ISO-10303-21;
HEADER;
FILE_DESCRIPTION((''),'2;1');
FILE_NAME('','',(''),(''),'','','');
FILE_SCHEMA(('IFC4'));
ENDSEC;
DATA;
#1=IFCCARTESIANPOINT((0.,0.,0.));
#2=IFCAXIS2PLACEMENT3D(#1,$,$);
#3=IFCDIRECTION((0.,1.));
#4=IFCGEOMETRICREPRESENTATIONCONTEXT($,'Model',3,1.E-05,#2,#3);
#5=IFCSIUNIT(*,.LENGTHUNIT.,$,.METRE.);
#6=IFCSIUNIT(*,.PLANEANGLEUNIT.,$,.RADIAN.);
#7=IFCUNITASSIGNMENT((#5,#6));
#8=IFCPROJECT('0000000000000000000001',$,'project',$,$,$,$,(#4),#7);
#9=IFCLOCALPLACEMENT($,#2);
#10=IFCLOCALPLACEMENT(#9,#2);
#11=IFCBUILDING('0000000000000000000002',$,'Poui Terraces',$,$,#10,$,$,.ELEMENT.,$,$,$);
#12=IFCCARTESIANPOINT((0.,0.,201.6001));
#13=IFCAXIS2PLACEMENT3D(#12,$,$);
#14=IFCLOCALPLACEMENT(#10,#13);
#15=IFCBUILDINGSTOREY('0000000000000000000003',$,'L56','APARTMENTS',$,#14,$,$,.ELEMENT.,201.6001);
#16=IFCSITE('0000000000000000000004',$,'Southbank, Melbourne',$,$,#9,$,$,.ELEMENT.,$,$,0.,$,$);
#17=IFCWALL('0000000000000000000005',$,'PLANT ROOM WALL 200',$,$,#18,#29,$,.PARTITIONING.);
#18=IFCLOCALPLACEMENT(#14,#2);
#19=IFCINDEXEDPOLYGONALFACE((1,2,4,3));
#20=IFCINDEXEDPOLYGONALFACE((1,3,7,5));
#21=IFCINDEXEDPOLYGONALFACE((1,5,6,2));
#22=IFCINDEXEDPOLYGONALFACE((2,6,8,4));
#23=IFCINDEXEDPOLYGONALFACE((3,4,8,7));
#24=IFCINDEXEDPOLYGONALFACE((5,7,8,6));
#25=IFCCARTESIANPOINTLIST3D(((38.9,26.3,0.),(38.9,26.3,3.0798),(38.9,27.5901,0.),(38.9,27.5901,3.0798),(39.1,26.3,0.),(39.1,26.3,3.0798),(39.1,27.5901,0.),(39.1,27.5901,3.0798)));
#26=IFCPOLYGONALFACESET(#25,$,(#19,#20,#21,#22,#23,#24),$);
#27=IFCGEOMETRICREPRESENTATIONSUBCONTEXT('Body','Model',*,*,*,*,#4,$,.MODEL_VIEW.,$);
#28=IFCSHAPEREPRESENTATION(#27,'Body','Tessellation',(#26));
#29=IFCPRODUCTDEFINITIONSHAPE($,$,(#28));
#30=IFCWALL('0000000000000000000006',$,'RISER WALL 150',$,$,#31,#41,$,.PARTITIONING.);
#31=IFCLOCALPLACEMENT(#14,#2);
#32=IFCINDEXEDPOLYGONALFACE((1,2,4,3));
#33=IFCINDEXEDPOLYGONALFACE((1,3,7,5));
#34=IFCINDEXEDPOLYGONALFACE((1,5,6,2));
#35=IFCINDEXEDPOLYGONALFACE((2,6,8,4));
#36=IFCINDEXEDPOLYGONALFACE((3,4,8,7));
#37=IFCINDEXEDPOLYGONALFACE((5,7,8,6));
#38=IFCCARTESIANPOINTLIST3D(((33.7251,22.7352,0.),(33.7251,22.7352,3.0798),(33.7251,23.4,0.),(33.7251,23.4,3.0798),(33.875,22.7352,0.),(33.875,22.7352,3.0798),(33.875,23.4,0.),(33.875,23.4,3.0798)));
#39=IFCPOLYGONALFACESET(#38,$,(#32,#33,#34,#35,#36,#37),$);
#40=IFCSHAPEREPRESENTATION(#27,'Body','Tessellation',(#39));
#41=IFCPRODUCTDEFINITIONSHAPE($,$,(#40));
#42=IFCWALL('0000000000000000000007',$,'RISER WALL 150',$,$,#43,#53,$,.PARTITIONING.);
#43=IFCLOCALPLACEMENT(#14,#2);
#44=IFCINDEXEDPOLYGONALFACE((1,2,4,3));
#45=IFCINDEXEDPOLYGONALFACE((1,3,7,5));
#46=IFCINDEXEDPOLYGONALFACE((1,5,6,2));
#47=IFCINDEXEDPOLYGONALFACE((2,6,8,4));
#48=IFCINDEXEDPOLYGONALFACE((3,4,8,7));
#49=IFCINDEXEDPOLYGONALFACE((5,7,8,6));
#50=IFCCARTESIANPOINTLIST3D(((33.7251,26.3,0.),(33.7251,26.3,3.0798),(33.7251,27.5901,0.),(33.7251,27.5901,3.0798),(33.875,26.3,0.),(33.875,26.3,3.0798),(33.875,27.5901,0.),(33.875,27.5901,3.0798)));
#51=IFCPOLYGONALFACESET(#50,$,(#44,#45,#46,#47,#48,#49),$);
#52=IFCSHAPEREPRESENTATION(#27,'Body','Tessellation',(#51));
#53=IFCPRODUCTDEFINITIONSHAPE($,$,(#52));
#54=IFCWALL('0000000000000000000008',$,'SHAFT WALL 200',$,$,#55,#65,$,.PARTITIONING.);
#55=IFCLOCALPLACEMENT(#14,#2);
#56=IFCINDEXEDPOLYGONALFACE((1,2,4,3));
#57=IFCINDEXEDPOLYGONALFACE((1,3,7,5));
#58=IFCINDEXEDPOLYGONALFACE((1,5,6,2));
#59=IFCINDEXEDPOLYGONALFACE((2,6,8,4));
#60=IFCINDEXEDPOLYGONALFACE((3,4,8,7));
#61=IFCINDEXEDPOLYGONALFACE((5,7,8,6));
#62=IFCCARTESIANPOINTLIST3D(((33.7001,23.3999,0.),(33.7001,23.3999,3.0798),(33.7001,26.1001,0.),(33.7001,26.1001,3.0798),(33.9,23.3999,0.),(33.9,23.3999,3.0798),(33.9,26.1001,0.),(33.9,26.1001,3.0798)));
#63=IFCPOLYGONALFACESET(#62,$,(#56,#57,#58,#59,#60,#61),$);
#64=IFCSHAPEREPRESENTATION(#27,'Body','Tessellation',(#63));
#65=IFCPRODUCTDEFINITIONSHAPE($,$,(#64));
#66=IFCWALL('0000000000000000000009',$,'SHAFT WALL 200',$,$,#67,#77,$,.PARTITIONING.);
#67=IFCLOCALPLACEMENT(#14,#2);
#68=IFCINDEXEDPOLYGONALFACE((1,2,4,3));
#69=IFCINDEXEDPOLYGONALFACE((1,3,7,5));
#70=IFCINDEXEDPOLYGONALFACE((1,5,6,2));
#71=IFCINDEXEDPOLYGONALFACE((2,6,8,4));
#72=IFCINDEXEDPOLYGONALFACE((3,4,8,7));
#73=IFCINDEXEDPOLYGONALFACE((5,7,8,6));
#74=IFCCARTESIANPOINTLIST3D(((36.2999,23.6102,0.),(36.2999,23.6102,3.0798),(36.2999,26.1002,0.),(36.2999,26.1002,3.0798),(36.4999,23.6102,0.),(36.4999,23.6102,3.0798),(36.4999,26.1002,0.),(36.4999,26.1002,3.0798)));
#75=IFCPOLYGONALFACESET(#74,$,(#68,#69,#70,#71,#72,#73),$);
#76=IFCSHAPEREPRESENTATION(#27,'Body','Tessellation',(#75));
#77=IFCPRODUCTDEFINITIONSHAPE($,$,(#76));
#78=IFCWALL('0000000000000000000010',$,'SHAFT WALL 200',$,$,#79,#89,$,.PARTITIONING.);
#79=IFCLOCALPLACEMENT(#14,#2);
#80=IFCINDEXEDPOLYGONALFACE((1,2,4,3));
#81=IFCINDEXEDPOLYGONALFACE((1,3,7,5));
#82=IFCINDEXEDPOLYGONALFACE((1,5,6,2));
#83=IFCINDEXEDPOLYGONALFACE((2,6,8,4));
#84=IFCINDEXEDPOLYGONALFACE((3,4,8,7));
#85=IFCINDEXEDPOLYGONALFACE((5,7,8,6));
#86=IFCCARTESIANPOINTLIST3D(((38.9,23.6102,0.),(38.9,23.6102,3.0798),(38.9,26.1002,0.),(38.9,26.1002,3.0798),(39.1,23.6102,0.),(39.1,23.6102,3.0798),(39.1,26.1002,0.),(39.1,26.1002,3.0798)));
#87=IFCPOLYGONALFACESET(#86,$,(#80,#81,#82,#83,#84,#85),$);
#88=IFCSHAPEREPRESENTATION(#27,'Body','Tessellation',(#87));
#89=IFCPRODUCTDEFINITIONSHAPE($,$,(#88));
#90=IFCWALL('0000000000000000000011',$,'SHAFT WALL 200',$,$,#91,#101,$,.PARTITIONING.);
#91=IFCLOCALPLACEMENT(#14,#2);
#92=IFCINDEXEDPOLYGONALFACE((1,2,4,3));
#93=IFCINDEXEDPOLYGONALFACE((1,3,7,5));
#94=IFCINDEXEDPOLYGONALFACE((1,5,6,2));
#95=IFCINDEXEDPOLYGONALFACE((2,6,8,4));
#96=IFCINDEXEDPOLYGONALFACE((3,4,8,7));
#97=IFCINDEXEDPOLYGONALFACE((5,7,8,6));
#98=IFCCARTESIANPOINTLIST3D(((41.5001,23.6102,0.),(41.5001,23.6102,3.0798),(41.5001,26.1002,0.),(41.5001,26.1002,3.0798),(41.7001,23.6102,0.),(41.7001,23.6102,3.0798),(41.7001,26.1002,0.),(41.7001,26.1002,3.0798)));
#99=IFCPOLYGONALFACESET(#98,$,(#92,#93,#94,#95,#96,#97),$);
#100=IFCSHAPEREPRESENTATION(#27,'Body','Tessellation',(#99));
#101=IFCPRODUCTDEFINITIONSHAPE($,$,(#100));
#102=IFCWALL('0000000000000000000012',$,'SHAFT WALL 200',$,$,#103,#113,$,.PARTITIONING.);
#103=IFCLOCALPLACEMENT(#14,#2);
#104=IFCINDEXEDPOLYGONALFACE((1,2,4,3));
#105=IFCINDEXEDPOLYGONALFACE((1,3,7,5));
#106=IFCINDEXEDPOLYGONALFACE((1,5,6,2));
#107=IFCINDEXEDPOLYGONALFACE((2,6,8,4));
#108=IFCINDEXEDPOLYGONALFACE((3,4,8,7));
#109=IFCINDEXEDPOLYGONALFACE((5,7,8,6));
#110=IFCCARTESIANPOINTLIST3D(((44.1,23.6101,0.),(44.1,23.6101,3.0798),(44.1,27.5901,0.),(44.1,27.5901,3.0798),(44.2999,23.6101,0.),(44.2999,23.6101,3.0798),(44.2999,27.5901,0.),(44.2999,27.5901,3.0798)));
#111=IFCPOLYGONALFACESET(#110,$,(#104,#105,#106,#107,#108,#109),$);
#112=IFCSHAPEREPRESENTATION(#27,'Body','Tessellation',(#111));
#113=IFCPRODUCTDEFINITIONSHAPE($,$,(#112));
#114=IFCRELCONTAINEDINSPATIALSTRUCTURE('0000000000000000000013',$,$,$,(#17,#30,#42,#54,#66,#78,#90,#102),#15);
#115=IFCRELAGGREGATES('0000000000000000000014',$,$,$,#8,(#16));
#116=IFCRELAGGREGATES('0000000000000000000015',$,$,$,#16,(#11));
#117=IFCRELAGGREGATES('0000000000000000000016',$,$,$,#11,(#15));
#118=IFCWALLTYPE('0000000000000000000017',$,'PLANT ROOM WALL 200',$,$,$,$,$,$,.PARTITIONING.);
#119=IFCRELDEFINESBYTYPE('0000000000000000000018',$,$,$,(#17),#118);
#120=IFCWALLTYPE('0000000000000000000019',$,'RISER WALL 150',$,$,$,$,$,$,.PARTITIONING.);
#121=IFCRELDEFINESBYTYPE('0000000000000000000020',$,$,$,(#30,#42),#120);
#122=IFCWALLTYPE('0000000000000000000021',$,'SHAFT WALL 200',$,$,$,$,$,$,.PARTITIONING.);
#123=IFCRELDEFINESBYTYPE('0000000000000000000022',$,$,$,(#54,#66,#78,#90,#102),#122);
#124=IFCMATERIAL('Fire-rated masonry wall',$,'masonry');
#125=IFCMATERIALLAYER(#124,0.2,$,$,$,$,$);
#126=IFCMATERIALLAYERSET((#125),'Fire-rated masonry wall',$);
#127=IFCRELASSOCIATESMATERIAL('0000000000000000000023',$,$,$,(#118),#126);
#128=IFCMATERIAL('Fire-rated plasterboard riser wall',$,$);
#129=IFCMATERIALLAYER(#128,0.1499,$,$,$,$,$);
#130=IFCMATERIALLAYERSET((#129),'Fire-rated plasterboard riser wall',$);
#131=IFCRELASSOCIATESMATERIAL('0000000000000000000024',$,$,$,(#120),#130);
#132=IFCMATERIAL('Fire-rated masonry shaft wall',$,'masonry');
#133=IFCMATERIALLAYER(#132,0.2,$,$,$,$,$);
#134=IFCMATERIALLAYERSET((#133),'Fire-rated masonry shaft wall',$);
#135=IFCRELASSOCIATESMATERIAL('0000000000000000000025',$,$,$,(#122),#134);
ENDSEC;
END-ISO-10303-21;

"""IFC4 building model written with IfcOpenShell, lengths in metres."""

from ifc_helpers import new_model, si_unit, direction, frame, frame_2d, origin, place, context, subcontext, project, spatial, rectangle, extrude, material, layer, layer_set, type_object, element, save


model = new_model("IFC4")

# Units and contexts
model_context = context("Model", 3, precision=1e-05, world=origin(), true_north=direction((0.0, 1.0)))
body_context = subcontext(model_context, "Body", "Model", "MODEL_VIEW")
ifc_project = project(units=[si_unit("LENGTHUNIT", "METRE"), si_unit("PLANEANGLEUNIT", "RADIAN")], contexts=[model_context])

# Site, building, storey
site_placement = place(None, origin())
site = spatial("IfcSite", under=ifc_project, at=site_placement, Name="Southbank, Melbourne", CompositionType="ELEMENT", RefElevation=0.0)
building_placement = place(site_placement, origin())
building = spatial("IfcBuilding", under=site, at=building_placement, Name="Poui Terraces", CompositionType="ELEMENT")
storey_placement = place(building_placement, frame((0.0, 0.0, 201.6001)))
storey = spatial("IfcBuildingStorey", under=building, at=storey_placement, Name="L56", Description="APARTMENTS", CompositionType="ELEMENT", Elevation=201.6001)

# Walls
ifc_material_1 = material(Name="Fire-rated masonry wall", Category="masonry")
ifc_layer_1 = layer(ifc_material_1, 0.2)
ifc_layer_set_1 = layer_set([ifc_layer_1], Name="Fire-rated masonry wall")
wall_type_1 = type_object("IfcWallType", Name="PLANT ROOM WALL 200", PredefinedType="PARTITIONING", material=ifc_layer_set_1)
wall_1_placement = place(storey_placement, frame((39.0, 26.3, 0.0), z_axis=(0.0, 0.0, 1.0), x_axis=(0.0, 1.0, 0.0)))
element("IfcWall", 1, at=wall_1_placement, inside=storey, type_object=wall_type_1, Name="PLANT ROOM WALL 200", PredefinedType="PARTITIONING", context=body_context, shape_type="SweptSolid", body=[
    extrude(rectangle(XDim=1.29, YDim=0.2, at=frame_2d((0.645, 0.0))), origin(), (0.0, 0.0, 1.0), 3.0798),
])
ifc_material_2 = material(Name="Fire-rated plasterboard riser wall")
ifc_layer_2 = layer(ifc_material_2, 0.1499)
ifc_layer_set_2 = layer_set([ifc_layer_2], Name="Fire-rated plasterboard riser wall")
wall_type_2 = type_object("IfcWallType", Name="RISER WALL 150", PredefinedType="PARTITIONING", material=ifc_layer_set_2)
wall_2_placement = place(storey_placement, frame((33.8, 22.7351, 0.0), z_axis=(0.0, 0.0, 1.0), x_axis=(0.0, 1.0, 0.0)))
element("IfcWall", 2, at=wall_2_placement, inside=storey, type_object=wall_type_2, Name="RISER WALL 150", PredefinedType="PARTITIONING", context=body_context, shape_type="SweptSolid", body=[
    extrude(rectangle(XDim=0.6648, YDim=0.1499, at=frame_2d((0.3325, 0.0))), origin(), (0.0, 0.0, 1.0), 3.0798),
])
wall_3_placement = place(storey_placement, frame((33.8, 26.3, 0.0), z_axis=(0.0, 0.0, 1.0), x_axis=(0.0, 1.0, 0.0)))
element("IfcWall", 3, at=wall_3_placement, inside=storey, type_object=wall_type_2, Name="RISER WALL 150", PredefinedType="PARTITIONING", context=body_context, shape_type="SweptSolid", body=[
    extrude(rectangle(XDim=1.29, YDim=0.1499, at=frame_2d((0.645, 0.0))), origin(), (0.0, 0.0, 1.0), 3.0798),
])
ifc_material_3 = material(Name="Fire-rated masonry shaft wall", Category="masonry")
ifc_layer_3 = layer(ifc_material_3, 0.2)
ifc_layer_set_3 = layer_set([ifc_layer_3], Name="Fire-rated masonry shaft wall")
wall_type_3 = type_object("IfcWallType", Name="SHAFT WALL 200", PredefinedType="PARTITIONING", material=ifc_layer_set_3)
wall_4_placement = place(storey_placement, frame((33.8, 23.3999, 0.0), z_axis=(0.0, 0.0, 1.0), x_axis=(0.0, 1.0, 0.0)))
element("IfcWall", 4, at=wall_4_placement, inside=storey, type_object=wall_type_3, Name="SHAFT WALL 200", PredefinedType="PARTITIONING", context=body_context, shape_type="SweptSolid", body=[
    extrude(rectangle(XDim=2.7002, YDim=0.2, at=frame_2d((1.3501, 0.0))), origin(), (0.0, 0.0, 1.0), 3.0798),
])
for number, where, z_axis, x_axis, name in (
    (5, (36.3999, 23.6101, 0.0), (0.0, 0.0, 1.0), (0.0, 1.0, 0.0), "SHAFT WALL 200"),
    (6, (39.0, 23.6101, 0.0), (0.0, 0.0, 1.0), (0.0, 1.0, 0.0), "SHAFT WALL 200"),
    (7, (41.6001, 23.6101, 0.0), (0.0, 0.0, 1.0), (0.0, 1.0, 0.0), "SHAFT WALL 200"),
):
    element("IfcWall", number, at=place(storey_placement, frame(where, z_axis=z_axis, x_axis=x_axis)), inside=storey, type_object=wall_type_3, Name=name, PredefinedType="PARTITIONING", context=body_context, shape_type="SweptSolid", body=[
        extrude(rectangle(XDim=2.49, YDim=0.2, at=frame_2d((1.2451, 0.0))), origin(), (0.0, 0.0, 1.0), 3.0798),
    ])
wall_5_placement = place(storey_placement, frame((44.2, 23.6101, 0.0), z_axis=(0.0, 0.0, 1.0), x_axis=(0.0, 1.0, 0.0)))
element("IfcWall", 8, at=wall_5_placement, inside=storey, type_object=wall_type_3, Name="SHAFT WALL 200", PredefinedType="PARTITIONING", context=body_context, shape_type="SweptSolid", body=[
    extrude(rectangle(XDim=3.98, YDim=0.2, at=frame_2d((1.99, 0.0))), origin(), (0.0, 0.0, 1.0), 3.0798),
])

save(model, "model.ifc")
